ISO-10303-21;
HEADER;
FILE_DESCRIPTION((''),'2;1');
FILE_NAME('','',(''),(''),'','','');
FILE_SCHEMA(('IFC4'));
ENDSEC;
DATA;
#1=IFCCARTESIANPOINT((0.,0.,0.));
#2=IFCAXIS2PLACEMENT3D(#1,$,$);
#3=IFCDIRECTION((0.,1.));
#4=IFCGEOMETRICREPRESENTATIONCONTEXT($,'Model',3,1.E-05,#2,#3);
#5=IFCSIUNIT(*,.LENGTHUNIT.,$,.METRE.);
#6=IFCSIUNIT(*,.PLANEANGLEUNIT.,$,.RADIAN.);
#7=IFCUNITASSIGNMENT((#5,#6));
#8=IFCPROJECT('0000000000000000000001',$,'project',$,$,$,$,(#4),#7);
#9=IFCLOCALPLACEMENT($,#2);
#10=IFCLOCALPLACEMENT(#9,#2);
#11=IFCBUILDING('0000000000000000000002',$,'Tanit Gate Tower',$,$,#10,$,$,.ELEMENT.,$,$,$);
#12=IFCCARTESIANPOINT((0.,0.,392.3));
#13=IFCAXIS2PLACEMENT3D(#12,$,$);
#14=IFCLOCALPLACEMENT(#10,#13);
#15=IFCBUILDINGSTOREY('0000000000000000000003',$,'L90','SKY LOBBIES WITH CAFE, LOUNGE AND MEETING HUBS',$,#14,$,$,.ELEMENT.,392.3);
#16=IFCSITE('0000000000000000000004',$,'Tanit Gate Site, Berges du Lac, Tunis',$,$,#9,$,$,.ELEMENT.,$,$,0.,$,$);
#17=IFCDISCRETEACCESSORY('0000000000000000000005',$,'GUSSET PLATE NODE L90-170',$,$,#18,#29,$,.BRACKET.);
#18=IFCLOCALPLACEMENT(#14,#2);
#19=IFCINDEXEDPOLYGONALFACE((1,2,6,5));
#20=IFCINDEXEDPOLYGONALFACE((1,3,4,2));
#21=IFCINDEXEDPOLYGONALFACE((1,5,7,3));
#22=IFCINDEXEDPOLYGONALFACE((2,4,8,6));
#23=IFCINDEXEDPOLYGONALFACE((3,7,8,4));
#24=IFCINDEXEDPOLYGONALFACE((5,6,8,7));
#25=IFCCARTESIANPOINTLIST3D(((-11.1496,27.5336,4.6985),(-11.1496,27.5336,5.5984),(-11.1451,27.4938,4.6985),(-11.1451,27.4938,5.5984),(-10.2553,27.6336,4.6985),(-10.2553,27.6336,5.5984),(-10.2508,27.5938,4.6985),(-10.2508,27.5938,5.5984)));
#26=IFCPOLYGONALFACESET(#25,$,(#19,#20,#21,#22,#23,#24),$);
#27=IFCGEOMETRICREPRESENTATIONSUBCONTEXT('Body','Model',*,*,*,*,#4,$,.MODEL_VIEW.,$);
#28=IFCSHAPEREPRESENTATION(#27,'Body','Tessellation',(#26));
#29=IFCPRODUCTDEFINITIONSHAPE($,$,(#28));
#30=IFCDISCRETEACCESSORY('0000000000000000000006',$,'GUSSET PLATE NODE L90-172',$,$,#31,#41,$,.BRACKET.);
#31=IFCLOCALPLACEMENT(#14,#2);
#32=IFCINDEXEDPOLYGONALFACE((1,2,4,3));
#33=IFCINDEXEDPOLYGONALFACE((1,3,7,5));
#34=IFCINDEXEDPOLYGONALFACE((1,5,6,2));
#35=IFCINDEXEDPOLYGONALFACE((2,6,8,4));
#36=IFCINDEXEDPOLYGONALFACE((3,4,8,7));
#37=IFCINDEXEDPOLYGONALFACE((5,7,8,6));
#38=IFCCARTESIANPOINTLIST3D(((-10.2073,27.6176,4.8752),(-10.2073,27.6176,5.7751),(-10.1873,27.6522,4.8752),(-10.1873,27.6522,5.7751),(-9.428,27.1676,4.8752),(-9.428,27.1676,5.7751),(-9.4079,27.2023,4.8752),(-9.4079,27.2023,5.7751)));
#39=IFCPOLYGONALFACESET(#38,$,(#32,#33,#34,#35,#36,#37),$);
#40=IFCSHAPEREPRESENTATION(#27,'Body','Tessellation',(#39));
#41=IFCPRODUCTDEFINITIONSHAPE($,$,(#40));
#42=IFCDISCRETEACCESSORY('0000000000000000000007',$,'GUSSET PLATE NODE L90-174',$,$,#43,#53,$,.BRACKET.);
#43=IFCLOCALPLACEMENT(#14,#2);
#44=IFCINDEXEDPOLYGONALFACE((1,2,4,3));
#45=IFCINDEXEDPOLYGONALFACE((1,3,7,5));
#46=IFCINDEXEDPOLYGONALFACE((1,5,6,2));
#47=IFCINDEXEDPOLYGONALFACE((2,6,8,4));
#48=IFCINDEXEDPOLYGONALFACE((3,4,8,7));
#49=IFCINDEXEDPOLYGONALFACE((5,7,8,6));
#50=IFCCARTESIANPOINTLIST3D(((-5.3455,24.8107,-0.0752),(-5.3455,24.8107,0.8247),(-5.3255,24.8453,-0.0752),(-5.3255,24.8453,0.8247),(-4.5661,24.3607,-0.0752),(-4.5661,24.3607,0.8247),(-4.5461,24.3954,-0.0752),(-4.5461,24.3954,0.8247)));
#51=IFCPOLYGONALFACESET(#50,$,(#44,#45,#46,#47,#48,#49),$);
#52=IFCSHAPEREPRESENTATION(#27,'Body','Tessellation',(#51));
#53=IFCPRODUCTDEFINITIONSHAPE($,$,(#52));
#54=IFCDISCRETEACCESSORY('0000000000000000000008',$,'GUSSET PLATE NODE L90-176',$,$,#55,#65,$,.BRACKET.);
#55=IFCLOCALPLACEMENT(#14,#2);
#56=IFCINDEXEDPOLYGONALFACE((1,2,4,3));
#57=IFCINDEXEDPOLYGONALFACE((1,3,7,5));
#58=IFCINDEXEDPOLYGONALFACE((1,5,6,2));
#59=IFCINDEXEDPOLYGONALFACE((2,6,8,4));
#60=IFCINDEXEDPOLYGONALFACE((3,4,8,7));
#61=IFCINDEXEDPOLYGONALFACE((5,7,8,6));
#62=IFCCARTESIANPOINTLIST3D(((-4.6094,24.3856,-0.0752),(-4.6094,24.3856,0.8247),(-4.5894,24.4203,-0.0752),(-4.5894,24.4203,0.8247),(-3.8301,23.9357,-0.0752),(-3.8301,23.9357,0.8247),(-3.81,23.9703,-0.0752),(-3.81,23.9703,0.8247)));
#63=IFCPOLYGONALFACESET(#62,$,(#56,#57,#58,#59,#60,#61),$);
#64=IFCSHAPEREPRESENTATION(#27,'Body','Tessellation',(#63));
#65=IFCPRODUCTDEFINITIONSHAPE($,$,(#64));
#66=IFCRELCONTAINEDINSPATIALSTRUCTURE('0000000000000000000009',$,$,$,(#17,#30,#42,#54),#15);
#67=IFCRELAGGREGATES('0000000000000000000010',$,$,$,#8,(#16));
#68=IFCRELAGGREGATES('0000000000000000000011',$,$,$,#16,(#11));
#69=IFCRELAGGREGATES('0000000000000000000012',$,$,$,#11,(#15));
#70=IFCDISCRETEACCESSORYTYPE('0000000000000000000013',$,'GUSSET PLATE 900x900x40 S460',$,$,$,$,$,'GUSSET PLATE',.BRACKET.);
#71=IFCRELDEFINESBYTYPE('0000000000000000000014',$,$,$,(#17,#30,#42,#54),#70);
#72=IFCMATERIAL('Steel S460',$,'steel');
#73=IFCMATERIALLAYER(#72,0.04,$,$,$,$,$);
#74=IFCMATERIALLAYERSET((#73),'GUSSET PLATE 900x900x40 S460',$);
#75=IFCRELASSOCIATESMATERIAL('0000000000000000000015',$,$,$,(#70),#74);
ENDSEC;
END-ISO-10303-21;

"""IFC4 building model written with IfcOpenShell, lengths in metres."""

from ifc_helpers import new_model, si_unit, direction, frame, origin, origin_2d, place, context, subcontext, project, spatial, rectangle, extrude, material, layer, layer_set, type_object, element, save


model = new_model("IFC4")

# Units and contexts
model_context = context("Model", 3, precision=1e-05, world=origin(), true_north=direction((0.0, 1.0)))
body_context = subcontext(model_context, "Body", "Model", "MODEL_VIEW")
ifc_project = project(units=[si_unit("LENGTHUNIT", "METRE"), si_unit("PLANEANGLEUNIT", "RADIAN")], contexts=[model_context])

# Site, building, storey
site_placement = place(None, origin())
site = spatial("IfcSite", under=ifc_project, at=site_placement, Name="Tanit Gate Site, Berges du Lac, Tunis", CompositionType="ELEMENT", RefElevation=0.0)
building_placement = place(site_placement, origin())
building = spatial("IfcBuilding", under=site, at=building_placement, Name="Tanit Gate Tower", CompositionType="ELEMENT")
storey_placement = place(building_placement, frame((0.0, 0.0, 392.3)))
storey = spatial("IfcBuildingStorey", under=building, at=storey_placement, Name="L90", Description="SKY LOBBIES WITH CAFE, LOUNGE AND MEETING HUBS", CompositionType="ELEMENT", Elevation=392.3)

# Discrete accessories
ifc_material_1 = material(Name="Steel S460", Category="steel")
ifc_layer_1 = layer(ifc_material_1, 0.04)
ifc_layer_set_1 = layer_set([ifc_layer_1], Name="GUSSET PLATE 900x900x40 S460")
discrete_accessory_type = type_object("IfcDiscreteAccessoryType", Name="GUSSET PLATE 900x900x40 S460", ElementType="GUSSET PLATE", PredefinedType="BRACKET", material=ifc_layer_set_1)
for number, where, z_axis, x_axis, name in (
    (1, (-10.7002, 27.5637, 4.6985), (0.0, 0.0, 1.0), (-0.993809, -0.111105, 0.0), "GUSSET PLATE NODE L90-170"),
    (2, (-9.8076, 27.4099, 4.8752), (0.0, 0.0, 1.0), (0.866025, -0.5, 0.0), "GUSSET PLATE NODE L90-172"),
    (3, (-4.9458, 24.603, -0.0752), (0.0, 0.0, 1.0), (-0.866025, 0.5, 0.0), "GUSSET PLATE NODE L90-174"),
    (4, (-4.2097, 24.178, -0.0752), (0.0, 0.0, 1.0), (0.866025, -0.5, 0.0), "GUSSET PLATE NODE L90-176"),
):
    element("IfcDiscreteAccessory", number, at=place(storey_placement, frame(where, z_axis=z_axis, x_axis=x_axis)), inside=storey, type_object=discrete_accessory_type, Name=name, PredefinedType="BRACKET", context=body_context, shape_type="SweptSolid", body=[
        extrude(rectangle(XDim=0.8999, YDim=0.04, at=origin_2d()), origin(), (0.0, 0.0, 1.0), 0.8999),
    ])

save(model, "model.ifc")
